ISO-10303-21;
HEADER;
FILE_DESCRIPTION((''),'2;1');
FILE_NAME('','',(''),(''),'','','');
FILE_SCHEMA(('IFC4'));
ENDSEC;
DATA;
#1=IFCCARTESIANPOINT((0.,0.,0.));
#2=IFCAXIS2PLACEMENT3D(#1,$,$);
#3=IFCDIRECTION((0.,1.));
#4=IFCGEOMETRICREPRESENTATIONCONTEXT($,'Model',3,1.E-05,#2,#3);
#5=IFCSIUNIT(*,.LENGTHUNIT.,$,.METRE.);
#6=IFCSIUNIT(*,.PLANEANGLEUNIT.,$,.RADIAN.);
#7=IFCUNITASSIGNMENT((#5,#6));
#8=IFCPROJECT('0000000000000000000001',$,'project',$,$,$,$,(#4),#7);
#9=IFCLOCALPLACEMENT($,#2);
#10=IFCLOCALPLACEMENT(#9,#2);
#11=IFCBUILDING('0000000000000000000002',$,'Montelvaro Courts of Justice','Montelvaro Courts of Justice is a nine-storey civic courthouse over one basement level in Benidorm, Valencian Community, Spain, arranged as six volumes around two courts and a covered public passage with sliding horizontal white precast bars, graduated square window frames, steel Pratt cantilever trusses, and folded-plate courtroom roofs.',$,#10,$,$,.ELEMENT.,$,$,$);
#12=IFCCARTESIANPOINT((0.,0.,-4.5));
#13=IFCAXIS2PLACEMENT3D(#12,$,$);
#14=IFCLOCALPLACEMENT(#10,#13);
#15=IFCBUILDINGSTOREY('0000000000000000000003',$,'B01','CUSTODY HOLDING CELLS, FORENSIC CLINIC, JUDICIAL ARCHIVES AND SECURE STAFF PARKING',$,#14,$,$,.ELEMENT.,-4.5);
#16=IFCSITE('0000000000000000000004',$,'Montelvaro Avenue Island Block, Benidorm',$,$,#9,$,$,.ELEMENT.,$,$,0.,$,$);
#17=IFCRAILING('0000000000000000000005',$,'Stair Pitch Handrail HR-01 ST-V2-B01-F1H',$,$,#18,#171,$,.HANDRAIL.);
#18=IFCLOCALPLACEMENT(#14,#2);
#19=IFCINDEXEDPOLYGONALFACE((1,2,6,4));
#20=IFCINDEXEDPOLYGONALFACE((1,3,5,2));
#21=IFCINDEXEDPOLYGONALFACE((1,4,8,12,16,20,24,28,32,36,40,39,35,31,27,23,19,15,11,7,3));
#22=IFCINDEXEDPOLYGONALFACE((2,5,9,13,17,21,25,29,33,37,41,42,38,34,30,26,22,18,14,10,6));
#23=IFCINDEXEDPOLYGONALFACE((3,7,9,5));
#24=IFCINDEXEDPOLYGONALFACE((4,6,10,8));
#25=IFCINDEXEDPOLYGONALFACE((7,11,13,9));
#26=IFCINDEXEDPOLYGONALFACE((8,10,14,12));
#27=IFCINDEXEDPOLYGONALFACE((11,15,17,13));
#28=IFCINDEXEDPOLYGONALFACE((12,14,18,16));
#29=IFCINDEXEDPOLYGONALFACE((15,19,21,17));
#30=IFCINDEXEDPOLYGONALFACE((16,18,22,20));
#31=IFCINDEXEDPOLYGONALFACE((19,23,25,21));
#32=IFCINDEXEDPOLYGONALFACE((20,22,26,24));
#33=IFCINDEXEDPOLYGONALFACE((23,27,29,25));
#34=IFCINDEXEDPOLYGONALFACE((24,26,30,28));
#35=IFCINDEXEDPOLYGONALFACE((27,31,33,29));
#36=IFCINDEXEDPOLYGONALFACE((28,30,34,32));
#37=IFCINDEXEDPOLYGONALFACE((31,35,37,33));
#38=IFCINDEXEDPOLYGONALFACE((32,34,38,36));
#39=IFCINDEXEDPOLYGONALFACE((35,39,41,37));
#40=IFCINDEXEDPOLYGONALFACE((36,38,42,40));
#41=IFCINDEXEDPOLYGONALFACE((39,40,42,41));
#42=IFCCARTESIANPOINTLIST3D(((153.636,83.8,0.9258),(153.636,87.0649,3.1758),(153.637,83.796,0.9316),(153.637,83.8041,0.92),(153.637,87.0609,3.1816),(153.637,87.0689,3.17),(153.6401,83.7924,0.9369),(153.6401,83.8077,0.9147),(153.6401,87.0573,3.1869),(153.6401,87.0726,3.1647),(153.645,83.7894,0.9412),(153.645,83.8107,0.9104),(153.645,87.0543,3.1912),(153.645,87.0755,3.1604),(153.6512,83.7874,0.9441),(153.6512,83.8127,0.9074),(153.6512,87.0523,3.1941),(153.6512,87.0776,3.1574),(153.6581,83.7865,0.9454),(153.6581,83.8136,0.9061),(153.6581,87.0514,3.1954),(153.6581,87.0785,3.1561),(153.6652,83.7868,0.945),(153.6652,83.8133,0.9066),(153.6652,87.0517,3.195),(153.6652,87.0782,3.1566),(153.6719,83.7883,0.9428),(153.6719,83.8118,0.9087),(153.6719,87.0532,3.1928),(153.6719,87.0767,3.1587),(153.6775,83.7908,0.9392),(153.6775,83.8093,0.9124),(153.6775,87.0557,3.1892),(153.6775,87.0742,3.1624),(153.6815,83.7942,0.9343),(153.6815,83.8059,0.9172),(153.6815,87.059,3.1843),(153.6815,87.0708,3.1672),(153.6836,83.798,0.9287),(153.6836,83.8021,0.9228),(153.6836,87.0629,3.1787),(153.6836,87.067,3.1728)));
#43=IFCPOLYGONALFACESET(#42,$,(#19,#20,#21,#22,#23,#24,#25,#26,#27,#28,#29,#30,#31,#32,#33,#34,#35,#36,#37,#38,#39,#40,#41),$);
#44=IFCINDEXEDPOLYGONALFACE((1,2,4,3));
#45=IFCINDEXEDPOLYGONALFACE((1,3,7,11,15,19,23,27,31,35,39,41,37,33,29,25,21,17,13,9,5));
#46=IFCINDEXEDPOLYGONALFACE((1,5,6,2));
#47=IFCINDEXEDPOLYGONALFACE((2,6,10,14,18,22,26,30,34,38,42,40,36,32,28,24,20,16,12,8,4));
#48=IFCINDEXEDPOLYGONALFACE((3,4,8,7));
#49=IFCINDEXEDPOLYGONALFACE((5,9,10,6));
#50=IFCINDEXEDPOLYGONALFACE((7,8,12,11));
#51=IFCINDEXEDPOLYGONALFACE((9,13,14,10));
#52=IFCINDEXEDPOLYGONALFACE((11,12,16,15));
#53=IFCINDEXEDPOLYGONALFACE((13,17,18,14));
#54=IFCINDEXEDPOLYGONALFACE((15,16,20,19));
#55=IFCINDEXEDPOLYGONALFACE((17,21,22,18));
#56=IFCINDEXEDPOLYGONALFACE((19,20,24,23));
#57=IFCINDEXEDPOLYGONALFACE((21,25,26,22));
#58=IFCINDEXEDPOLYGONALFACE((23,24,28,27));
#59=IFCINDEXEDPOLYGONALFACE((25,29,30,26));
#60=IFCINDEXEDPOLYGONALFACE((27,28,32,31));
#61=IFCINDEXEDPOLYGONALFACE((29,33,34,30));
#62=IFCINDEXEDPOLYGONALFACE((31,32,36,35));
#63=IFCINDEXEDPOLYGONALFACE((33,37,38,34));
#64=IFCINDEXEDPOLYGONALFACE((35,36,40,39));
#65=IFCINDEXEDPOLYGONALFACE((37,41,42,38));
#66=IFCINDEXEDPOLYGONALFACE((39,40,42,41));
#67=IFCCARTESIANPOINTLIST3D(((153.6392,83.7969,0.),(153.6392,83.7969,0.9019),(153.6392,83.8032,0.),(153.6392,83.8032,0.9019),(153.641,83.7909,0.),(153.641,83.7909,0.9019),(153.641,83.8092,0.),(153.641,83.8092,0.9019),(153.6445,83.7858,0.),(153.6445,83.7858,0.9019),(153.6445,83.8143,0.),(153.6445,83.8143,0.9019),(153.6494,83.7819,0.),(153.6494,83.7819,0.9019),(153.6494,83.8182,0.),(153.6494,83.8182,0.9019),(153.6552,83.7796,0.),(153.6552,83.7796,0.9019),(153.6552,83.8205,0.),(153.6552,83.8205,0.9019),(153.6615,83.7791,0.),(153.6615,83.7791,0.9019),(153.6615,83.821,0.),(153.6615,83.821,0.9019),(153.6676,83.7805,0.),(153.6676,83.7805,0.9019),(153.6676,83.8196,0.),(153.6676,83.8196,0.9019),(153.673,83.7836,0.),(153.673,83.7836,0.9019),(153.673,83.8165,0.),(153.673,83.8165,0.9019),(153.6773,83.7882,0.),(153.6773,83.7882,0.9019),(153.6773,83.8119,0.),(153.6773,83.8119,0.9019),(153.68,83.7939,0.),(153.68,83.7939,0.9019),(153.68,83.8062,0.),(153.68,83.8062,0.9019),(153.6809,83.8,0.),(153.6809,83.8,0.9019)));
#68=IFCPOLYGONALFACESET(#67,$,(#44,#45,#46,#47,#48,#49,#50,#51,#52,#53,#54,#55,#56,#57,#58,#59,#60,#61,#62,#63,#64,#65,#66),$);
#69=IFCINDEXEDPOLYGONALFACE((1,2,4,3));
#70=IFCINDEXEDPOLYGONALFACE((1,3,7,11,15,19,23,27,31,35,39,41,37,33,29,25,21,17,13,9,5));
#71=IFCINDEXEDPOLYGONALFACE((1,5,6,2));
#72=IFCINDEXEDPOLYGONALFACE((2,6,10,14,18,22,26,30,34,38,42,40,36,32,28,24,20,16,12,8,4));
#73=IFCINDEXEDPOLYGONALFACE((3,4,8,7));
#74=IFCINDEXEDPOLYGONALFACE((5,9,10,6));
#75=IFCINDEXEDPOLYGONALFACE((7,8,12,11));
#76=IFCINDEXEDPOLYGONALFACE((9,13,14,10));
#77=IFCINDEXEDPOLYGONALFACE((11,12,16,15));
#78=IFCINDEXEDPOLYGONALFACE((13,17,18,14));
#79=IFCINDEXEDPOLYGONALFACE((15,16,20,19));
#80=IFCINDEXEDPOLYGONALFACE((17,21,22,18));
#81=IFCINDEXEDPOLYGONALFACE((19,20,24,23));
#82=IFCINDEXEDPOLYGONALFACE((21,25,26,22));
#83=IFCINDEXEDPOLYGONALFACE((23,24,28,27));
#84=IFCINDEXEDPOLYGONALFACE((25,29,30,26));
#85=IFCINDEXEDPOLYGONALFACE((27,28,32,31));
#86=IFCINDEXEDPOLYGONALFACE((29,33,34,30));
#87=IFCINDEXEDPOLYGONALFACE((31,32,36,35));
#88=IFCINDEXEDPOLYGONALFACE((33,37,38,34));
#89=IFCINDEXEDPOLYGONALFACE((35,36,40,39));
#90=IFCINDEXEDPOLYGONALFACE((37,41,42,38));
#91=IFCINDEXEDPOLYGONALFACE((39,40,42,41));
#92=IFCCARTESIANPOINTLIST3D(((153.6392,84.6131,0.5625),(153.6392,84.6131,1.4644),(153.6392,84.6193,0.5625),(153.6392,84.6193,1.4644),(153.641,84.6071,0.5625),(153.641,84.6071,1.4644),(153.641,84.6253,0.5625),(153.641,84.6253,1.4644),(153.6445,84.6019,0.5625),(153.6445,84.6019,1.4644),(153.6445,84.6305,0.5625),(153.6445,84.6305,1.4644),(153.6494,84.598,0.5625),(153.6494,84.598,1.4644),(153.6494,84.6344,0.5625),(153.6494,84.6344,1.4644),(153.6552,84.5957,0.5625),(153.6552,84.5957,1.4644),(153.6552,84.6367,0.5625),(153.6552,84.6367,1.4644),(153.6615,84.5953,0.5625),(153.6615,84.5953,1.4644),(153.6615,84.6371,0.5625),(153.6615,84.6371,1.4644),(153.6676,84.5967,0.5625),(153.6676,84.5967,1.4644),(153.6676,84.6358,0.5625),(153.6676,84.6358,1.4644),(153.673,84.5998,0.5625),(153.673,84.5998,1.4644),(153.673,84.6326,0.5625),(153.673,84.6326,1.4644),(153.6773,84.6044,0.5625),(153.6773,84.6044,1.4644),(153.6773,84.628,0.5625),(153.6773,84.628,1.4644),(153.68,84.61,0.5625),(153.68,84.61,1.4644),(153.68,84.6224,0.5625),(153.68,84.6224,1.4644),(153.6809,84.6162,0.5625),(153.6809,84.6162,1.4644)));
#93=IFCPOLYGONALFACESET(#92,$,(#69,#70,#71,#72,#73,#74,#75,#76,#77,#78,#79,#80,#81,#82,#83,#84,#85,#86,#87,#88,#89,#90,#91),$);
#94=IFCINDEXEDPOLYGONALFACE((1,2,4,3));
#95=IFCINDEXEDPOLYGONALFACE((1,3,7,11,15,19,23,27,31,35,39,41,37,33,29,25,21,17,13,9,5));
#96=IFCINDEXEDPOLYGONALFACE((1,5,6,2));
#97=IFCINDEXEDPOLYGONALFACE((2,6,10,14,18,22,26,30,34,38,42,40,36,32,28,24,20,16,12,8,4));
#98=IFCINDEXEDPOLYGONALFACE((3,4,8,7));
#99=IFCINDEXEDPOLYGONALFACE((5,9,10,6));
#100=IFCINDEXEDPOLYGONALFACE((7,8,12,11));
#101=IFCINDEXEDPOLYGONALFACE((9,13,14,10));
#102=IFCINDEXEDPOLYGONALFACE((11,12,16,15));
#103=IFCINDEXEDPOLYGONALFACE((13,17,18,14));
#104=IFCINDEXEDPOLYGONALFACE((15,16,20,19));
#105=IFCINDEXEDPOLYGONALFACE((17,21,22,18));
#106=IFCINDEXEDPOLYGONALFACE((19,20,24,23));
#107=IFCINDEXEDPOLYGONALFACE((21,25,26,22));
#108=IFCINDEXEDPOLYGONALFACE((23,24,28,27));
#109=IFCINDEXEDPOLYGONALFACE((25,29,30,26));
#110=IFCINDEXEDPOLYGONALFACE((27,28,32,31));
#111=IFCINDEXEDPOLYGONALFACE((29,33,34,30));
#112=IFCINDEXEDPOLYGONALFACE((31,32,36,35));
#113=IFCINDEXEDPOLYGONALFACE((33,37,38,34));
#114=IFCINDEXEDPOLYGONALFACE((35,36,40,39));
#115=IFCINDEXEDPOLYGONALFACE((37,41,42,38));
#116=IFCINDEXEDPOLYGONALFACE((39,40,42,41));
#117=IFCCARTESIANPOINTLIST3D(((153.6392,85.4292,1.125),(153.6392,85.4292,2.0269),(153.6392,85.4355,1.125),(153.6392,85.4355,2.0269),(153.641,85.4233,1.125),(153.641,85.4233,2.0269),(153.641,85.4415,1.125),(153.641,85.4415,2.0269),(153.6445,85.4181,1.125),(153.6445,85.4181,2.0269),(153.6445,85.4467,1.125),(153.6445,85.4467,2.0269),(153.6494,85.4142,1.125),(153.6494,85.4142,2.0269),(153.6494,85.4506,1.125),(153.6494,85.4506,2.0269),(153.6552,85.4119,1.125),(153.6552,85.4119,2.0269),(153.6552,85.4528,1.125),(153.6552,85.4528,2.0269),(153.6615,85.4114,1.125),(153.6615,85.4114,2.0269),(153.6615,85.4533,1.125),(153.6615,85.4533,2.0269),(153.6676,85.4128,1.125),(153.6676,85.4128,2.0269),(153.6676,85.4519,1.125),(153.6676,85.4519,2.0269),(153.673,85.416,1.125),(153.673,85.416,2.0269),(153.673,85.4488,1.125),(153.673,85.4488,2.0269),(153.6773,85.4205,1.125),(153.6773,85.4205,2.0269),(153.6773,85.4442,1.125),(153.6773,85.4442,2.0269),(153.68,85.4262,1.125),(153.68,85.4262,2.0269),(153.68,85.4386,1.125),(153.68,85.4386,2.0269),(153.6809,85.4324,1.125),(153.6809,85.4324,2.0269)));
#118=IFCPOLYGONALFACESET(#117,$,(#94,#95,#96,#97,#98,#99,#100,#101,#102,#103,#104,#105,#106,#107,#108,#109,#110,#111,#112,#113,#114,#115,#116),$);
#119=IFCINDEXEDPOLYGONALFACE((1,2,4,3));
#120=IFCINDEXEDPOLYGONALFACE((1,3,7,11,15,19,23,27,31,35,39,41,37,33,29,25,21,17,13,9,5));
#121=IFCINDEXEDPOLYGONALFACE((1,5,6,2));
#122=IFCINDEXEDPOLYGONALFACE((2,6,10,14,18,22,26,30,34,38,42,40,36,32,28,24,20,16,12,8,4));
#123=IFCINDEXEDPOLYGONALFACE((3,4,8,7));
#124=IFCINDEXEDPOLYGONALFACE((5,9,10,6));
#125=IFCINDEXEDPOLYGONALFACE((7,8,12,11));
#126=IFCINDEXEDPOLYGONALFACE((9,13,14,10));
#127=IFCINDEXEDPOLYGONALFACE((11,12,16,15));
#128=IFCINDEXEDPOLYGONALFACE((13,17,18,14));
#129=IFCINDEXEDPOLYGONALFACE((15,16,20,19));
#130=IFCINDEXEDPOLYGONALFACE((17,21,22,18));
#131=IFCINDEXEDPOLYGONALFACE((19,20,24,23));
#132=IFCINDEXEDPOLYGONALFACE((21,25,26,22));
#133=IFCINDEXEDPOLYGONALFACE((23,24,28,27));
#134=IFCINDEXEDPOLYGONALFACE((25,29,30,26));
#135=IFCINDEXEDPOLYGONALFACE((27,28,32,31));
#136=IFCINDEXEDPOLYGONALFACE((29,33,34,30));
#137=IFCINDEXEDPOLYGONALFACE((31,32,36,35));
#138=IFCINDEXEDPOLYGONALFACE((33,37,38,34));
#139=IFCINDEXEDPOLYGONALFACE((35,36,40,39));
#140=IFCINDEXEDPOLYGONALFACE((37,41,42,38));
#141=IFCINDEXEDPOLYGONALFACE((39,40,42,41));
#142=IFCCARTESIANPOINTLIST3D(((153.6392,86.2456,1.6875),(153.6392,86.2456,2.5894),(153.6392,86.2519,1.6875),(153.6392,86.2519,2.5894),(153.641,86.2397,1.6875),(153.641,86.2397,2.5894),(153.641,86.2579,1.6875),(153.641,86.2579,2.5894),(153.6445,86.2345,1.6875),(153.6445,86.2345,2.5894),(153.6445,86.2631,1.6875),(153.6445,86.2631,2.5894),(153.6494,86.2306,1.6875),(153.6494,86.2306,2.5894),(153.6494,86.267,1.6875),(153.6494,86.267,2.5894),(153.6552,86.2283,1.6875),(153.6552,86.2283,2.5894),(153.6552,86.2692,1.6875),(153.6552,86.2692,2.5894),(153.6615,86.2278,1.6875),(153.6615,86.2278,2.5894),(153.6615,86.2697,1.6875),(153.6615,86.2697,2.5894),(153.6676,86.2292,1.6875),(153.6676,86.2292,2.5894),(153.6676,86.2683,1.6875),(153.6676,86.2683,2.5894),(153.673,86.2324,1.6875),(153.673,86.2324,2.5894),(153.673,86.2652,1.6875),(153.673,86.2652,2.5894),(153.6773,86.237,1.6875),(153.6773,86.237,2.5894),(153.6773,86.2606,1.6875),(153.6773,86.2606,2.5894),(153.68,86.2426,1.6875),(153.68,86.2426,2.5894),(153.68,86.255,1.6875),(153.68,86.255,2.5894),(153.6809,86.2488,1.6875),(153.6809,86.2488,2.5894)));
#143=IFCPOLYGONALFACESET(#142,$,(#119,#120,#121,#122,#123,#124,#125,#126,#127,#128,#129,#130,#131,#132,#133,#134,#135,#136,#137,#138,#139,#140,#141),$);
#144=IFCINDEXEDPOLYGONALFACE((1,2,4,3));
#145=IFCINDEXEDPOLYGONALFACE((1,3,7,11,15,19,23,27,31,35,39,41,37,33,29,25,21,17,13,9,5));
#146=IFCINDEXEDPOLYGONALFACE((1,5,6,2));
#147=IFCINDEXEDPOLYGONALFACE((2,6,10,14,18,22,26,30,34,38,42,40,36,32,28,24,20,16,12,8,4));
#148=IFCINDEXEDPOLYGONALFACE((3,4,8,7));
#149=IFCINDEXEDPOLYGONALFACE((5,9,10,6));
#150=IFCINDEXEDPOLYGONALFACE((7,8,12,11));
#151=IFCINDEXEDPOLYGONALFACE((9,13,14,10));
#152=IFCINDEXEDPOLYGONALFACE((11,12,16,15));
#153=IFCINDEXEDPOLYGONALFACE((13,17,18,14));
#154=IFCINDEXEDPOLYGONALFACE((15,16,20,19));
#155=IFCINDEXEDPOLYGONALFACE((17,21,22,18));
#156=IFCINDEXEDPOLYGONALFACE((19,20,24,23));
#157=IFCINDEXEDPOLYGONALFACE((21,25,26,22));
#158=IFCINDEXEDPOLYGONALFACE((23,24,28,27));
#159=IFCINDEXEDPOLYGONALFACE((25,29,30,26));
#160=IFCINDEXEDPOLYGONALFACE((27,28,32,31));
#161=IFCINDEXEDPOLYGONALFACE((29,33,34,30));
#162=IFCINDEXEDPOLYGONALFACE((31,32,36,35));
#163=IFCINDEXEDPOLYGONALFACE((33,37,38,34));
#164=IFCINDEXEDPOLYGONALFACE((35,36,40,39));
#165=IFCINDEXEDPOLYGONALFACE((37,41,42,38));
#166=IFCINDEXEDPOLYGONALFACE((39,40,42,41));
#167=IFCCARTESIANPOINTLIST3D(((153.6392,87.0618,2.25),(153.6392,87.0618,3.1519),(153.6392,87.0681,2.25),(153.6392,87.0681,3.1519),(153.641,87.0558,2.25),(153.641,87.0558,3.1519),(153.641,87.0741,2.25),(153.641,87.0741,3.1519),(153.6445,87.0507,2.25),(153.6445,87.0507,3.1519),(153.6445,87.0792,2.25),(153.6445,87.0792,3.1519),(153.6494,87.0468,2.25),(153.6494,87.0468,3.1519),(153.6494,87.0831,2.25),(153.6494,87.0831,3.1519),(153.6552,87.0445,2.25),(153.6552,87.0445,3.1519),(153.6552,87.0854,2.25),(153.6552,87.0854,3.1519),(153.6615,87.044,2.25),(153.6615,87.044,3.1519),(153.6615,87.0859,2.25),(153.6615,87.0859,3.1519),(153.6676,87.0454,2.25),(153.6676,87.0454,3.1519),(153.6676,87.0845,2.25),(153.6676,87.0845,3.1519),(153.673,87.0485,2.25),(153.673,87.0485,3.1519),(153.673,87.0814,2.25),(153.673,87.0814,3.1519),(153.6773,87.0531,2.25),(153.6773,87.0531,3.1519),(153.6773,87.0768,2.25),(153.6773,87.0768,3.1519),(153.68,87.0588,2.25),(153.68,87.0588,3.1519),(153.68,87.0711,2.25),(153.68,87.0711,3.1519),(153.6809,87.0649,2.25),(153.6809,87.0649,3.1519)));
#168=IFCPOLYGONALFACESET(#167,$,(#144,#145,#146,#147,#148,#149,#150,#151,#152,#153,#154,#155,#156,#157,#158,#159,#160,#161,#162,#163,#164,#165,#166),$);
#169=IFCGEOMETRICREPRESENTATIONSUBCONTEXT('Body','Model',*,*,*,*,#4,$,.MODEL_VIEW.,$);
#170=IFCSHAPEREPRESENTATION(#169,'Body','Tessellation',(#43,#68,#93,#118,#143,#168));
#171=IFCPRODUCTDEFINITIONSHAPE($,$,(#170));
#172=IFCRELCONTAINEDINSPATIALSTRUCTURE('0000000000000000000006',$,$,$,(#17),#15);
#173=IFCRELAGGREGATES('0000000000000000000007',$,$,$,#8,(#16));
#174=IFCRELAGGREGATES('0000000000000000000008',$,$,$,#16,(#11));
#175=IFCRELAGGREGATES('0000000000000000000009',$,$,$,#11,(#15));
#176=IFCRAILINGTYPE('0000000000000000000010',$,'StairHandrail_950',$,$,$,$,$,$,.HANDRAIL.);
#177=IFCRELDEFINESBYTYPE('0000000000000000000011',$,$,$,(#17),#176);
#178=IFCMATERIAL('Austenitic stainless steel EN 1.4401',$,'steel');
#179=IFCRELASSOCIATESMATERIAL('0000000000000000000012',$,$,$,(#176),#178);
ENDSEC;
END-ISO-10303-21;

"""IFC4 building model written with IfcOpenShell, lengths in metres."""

from ifc_helpers import new_model, si_unit, direction, frame, origin, origin_2d, place, context, subcontext, project, spatial, circle, extrude, material, type_object, element, save


model = new_model("IFC4")

# Units and contexts
model_context = context("Model", 3, precision=1e-05, world=origin(), true_north=direction((0.0, 1.0)))
body_context = subcontext(model_context, "Body", "Model", "MODEL_VIEW")
ifc_project = project(units=[si_unit("LENGTHUNIT", "METRE"), si_unit("PLANEANGLEUNIT", "RADIAN")], contexts=[model_context])

# Site, building, storey
site_placement = place(None, origin())
site = spatial("IfcSite", under=ifc_project, at=site_placement, Name="Montelvaro Avenue Island Block, Benidorm", CompositionType="ELEMENT", RefElevation=0.0)
building_placement = place(site_placement, origin())
building = spatial("IfcBuilding", under=site, at=building_placement, Name="Montelvaro Courts of Justice", Description="Montelvaro Courts of Justice is a nine-storey civic courthouse over one basement level in Benidorm, Valencian Community, Spain, arranged as six volumes around two courts and a covered public passage with sliding horizontal white precast bars, graduated square window frames, steel Pratt cantilever trusses, and folded-plate courtroom roofs.", CompositionType="ELEMENT")
storey_placement = place(building_placement, frame((0.0, 0.0, -4.5)))
storey = spatial("IfcBuildingStorey", under=building, at=storey_placement, Name="B01", Description="CUSTODY HOLDING CELLS, FORENSIC CLINIC, JUDICIAL ARCHIVES AND SECURE STAFF PARKING", CompositionType="ELEMENT", Elevation=-4.5)

# Railing
ifc_material_1 = material(Name="Austenitic stainless steel EN 1.4401", Category="steel")
railing_type_1 = type_object("IfcRailingType", Name="StairHandrail_950", PredefinedType="HANDRAIL", material=ifc_material_1)
railing_1_placement = place(storey_placement, frame((153.6599, 83.8, 0.0)))
element("IfcRailing", 1, at=railing_1_placement, inside=storey, type_object=railing_type_1, Name="Stair Pitch Handrail HR-01 ST-V2-B01-F1H", PredefinedType="HANDRAIL", context=body_context, shape_type="SweptSolid", body=[
    extrude(circle(Radius=0.0239, at=origin_2d()), frame((0.0, 0.0, 0.9258), z_axis=(0.0, 0.823407, 0.567451), x_axis=(-1.0, 0.0, 0.0)), (0.0, 0.0, 1.0), 3.9651),
    extrude(circle(Radius=0.021, at=origin_2d()), origin(), (0.0, 0.0, 1.0), 0.9019),
    extrude(circle(Radius=0.021, at=origin_2d()), frame((0.0, 0.8162, 0.5625)), (0.0, 0.0, 1.0), 0.9019),
    extrude(circle(Radius=0.021, at=origin_2d()), frame((0.0, 1.6323, 1.125)), (0.0, 0.0, 1.0), 0.9019),
    extrude(circle(Radius=0.021, at=origin_2d()), frame((0.0, 2.4487, 1.6875)), (0.0, 0.0, 1.0), 0.9019),
    extrude(circle(Radius=0.021, at=origin_2d()), frame((0.0, 3.2649, 2.25)), (0.0, 0.0, 1.0), 0.9019),
])

save(model, "model.ifc")
